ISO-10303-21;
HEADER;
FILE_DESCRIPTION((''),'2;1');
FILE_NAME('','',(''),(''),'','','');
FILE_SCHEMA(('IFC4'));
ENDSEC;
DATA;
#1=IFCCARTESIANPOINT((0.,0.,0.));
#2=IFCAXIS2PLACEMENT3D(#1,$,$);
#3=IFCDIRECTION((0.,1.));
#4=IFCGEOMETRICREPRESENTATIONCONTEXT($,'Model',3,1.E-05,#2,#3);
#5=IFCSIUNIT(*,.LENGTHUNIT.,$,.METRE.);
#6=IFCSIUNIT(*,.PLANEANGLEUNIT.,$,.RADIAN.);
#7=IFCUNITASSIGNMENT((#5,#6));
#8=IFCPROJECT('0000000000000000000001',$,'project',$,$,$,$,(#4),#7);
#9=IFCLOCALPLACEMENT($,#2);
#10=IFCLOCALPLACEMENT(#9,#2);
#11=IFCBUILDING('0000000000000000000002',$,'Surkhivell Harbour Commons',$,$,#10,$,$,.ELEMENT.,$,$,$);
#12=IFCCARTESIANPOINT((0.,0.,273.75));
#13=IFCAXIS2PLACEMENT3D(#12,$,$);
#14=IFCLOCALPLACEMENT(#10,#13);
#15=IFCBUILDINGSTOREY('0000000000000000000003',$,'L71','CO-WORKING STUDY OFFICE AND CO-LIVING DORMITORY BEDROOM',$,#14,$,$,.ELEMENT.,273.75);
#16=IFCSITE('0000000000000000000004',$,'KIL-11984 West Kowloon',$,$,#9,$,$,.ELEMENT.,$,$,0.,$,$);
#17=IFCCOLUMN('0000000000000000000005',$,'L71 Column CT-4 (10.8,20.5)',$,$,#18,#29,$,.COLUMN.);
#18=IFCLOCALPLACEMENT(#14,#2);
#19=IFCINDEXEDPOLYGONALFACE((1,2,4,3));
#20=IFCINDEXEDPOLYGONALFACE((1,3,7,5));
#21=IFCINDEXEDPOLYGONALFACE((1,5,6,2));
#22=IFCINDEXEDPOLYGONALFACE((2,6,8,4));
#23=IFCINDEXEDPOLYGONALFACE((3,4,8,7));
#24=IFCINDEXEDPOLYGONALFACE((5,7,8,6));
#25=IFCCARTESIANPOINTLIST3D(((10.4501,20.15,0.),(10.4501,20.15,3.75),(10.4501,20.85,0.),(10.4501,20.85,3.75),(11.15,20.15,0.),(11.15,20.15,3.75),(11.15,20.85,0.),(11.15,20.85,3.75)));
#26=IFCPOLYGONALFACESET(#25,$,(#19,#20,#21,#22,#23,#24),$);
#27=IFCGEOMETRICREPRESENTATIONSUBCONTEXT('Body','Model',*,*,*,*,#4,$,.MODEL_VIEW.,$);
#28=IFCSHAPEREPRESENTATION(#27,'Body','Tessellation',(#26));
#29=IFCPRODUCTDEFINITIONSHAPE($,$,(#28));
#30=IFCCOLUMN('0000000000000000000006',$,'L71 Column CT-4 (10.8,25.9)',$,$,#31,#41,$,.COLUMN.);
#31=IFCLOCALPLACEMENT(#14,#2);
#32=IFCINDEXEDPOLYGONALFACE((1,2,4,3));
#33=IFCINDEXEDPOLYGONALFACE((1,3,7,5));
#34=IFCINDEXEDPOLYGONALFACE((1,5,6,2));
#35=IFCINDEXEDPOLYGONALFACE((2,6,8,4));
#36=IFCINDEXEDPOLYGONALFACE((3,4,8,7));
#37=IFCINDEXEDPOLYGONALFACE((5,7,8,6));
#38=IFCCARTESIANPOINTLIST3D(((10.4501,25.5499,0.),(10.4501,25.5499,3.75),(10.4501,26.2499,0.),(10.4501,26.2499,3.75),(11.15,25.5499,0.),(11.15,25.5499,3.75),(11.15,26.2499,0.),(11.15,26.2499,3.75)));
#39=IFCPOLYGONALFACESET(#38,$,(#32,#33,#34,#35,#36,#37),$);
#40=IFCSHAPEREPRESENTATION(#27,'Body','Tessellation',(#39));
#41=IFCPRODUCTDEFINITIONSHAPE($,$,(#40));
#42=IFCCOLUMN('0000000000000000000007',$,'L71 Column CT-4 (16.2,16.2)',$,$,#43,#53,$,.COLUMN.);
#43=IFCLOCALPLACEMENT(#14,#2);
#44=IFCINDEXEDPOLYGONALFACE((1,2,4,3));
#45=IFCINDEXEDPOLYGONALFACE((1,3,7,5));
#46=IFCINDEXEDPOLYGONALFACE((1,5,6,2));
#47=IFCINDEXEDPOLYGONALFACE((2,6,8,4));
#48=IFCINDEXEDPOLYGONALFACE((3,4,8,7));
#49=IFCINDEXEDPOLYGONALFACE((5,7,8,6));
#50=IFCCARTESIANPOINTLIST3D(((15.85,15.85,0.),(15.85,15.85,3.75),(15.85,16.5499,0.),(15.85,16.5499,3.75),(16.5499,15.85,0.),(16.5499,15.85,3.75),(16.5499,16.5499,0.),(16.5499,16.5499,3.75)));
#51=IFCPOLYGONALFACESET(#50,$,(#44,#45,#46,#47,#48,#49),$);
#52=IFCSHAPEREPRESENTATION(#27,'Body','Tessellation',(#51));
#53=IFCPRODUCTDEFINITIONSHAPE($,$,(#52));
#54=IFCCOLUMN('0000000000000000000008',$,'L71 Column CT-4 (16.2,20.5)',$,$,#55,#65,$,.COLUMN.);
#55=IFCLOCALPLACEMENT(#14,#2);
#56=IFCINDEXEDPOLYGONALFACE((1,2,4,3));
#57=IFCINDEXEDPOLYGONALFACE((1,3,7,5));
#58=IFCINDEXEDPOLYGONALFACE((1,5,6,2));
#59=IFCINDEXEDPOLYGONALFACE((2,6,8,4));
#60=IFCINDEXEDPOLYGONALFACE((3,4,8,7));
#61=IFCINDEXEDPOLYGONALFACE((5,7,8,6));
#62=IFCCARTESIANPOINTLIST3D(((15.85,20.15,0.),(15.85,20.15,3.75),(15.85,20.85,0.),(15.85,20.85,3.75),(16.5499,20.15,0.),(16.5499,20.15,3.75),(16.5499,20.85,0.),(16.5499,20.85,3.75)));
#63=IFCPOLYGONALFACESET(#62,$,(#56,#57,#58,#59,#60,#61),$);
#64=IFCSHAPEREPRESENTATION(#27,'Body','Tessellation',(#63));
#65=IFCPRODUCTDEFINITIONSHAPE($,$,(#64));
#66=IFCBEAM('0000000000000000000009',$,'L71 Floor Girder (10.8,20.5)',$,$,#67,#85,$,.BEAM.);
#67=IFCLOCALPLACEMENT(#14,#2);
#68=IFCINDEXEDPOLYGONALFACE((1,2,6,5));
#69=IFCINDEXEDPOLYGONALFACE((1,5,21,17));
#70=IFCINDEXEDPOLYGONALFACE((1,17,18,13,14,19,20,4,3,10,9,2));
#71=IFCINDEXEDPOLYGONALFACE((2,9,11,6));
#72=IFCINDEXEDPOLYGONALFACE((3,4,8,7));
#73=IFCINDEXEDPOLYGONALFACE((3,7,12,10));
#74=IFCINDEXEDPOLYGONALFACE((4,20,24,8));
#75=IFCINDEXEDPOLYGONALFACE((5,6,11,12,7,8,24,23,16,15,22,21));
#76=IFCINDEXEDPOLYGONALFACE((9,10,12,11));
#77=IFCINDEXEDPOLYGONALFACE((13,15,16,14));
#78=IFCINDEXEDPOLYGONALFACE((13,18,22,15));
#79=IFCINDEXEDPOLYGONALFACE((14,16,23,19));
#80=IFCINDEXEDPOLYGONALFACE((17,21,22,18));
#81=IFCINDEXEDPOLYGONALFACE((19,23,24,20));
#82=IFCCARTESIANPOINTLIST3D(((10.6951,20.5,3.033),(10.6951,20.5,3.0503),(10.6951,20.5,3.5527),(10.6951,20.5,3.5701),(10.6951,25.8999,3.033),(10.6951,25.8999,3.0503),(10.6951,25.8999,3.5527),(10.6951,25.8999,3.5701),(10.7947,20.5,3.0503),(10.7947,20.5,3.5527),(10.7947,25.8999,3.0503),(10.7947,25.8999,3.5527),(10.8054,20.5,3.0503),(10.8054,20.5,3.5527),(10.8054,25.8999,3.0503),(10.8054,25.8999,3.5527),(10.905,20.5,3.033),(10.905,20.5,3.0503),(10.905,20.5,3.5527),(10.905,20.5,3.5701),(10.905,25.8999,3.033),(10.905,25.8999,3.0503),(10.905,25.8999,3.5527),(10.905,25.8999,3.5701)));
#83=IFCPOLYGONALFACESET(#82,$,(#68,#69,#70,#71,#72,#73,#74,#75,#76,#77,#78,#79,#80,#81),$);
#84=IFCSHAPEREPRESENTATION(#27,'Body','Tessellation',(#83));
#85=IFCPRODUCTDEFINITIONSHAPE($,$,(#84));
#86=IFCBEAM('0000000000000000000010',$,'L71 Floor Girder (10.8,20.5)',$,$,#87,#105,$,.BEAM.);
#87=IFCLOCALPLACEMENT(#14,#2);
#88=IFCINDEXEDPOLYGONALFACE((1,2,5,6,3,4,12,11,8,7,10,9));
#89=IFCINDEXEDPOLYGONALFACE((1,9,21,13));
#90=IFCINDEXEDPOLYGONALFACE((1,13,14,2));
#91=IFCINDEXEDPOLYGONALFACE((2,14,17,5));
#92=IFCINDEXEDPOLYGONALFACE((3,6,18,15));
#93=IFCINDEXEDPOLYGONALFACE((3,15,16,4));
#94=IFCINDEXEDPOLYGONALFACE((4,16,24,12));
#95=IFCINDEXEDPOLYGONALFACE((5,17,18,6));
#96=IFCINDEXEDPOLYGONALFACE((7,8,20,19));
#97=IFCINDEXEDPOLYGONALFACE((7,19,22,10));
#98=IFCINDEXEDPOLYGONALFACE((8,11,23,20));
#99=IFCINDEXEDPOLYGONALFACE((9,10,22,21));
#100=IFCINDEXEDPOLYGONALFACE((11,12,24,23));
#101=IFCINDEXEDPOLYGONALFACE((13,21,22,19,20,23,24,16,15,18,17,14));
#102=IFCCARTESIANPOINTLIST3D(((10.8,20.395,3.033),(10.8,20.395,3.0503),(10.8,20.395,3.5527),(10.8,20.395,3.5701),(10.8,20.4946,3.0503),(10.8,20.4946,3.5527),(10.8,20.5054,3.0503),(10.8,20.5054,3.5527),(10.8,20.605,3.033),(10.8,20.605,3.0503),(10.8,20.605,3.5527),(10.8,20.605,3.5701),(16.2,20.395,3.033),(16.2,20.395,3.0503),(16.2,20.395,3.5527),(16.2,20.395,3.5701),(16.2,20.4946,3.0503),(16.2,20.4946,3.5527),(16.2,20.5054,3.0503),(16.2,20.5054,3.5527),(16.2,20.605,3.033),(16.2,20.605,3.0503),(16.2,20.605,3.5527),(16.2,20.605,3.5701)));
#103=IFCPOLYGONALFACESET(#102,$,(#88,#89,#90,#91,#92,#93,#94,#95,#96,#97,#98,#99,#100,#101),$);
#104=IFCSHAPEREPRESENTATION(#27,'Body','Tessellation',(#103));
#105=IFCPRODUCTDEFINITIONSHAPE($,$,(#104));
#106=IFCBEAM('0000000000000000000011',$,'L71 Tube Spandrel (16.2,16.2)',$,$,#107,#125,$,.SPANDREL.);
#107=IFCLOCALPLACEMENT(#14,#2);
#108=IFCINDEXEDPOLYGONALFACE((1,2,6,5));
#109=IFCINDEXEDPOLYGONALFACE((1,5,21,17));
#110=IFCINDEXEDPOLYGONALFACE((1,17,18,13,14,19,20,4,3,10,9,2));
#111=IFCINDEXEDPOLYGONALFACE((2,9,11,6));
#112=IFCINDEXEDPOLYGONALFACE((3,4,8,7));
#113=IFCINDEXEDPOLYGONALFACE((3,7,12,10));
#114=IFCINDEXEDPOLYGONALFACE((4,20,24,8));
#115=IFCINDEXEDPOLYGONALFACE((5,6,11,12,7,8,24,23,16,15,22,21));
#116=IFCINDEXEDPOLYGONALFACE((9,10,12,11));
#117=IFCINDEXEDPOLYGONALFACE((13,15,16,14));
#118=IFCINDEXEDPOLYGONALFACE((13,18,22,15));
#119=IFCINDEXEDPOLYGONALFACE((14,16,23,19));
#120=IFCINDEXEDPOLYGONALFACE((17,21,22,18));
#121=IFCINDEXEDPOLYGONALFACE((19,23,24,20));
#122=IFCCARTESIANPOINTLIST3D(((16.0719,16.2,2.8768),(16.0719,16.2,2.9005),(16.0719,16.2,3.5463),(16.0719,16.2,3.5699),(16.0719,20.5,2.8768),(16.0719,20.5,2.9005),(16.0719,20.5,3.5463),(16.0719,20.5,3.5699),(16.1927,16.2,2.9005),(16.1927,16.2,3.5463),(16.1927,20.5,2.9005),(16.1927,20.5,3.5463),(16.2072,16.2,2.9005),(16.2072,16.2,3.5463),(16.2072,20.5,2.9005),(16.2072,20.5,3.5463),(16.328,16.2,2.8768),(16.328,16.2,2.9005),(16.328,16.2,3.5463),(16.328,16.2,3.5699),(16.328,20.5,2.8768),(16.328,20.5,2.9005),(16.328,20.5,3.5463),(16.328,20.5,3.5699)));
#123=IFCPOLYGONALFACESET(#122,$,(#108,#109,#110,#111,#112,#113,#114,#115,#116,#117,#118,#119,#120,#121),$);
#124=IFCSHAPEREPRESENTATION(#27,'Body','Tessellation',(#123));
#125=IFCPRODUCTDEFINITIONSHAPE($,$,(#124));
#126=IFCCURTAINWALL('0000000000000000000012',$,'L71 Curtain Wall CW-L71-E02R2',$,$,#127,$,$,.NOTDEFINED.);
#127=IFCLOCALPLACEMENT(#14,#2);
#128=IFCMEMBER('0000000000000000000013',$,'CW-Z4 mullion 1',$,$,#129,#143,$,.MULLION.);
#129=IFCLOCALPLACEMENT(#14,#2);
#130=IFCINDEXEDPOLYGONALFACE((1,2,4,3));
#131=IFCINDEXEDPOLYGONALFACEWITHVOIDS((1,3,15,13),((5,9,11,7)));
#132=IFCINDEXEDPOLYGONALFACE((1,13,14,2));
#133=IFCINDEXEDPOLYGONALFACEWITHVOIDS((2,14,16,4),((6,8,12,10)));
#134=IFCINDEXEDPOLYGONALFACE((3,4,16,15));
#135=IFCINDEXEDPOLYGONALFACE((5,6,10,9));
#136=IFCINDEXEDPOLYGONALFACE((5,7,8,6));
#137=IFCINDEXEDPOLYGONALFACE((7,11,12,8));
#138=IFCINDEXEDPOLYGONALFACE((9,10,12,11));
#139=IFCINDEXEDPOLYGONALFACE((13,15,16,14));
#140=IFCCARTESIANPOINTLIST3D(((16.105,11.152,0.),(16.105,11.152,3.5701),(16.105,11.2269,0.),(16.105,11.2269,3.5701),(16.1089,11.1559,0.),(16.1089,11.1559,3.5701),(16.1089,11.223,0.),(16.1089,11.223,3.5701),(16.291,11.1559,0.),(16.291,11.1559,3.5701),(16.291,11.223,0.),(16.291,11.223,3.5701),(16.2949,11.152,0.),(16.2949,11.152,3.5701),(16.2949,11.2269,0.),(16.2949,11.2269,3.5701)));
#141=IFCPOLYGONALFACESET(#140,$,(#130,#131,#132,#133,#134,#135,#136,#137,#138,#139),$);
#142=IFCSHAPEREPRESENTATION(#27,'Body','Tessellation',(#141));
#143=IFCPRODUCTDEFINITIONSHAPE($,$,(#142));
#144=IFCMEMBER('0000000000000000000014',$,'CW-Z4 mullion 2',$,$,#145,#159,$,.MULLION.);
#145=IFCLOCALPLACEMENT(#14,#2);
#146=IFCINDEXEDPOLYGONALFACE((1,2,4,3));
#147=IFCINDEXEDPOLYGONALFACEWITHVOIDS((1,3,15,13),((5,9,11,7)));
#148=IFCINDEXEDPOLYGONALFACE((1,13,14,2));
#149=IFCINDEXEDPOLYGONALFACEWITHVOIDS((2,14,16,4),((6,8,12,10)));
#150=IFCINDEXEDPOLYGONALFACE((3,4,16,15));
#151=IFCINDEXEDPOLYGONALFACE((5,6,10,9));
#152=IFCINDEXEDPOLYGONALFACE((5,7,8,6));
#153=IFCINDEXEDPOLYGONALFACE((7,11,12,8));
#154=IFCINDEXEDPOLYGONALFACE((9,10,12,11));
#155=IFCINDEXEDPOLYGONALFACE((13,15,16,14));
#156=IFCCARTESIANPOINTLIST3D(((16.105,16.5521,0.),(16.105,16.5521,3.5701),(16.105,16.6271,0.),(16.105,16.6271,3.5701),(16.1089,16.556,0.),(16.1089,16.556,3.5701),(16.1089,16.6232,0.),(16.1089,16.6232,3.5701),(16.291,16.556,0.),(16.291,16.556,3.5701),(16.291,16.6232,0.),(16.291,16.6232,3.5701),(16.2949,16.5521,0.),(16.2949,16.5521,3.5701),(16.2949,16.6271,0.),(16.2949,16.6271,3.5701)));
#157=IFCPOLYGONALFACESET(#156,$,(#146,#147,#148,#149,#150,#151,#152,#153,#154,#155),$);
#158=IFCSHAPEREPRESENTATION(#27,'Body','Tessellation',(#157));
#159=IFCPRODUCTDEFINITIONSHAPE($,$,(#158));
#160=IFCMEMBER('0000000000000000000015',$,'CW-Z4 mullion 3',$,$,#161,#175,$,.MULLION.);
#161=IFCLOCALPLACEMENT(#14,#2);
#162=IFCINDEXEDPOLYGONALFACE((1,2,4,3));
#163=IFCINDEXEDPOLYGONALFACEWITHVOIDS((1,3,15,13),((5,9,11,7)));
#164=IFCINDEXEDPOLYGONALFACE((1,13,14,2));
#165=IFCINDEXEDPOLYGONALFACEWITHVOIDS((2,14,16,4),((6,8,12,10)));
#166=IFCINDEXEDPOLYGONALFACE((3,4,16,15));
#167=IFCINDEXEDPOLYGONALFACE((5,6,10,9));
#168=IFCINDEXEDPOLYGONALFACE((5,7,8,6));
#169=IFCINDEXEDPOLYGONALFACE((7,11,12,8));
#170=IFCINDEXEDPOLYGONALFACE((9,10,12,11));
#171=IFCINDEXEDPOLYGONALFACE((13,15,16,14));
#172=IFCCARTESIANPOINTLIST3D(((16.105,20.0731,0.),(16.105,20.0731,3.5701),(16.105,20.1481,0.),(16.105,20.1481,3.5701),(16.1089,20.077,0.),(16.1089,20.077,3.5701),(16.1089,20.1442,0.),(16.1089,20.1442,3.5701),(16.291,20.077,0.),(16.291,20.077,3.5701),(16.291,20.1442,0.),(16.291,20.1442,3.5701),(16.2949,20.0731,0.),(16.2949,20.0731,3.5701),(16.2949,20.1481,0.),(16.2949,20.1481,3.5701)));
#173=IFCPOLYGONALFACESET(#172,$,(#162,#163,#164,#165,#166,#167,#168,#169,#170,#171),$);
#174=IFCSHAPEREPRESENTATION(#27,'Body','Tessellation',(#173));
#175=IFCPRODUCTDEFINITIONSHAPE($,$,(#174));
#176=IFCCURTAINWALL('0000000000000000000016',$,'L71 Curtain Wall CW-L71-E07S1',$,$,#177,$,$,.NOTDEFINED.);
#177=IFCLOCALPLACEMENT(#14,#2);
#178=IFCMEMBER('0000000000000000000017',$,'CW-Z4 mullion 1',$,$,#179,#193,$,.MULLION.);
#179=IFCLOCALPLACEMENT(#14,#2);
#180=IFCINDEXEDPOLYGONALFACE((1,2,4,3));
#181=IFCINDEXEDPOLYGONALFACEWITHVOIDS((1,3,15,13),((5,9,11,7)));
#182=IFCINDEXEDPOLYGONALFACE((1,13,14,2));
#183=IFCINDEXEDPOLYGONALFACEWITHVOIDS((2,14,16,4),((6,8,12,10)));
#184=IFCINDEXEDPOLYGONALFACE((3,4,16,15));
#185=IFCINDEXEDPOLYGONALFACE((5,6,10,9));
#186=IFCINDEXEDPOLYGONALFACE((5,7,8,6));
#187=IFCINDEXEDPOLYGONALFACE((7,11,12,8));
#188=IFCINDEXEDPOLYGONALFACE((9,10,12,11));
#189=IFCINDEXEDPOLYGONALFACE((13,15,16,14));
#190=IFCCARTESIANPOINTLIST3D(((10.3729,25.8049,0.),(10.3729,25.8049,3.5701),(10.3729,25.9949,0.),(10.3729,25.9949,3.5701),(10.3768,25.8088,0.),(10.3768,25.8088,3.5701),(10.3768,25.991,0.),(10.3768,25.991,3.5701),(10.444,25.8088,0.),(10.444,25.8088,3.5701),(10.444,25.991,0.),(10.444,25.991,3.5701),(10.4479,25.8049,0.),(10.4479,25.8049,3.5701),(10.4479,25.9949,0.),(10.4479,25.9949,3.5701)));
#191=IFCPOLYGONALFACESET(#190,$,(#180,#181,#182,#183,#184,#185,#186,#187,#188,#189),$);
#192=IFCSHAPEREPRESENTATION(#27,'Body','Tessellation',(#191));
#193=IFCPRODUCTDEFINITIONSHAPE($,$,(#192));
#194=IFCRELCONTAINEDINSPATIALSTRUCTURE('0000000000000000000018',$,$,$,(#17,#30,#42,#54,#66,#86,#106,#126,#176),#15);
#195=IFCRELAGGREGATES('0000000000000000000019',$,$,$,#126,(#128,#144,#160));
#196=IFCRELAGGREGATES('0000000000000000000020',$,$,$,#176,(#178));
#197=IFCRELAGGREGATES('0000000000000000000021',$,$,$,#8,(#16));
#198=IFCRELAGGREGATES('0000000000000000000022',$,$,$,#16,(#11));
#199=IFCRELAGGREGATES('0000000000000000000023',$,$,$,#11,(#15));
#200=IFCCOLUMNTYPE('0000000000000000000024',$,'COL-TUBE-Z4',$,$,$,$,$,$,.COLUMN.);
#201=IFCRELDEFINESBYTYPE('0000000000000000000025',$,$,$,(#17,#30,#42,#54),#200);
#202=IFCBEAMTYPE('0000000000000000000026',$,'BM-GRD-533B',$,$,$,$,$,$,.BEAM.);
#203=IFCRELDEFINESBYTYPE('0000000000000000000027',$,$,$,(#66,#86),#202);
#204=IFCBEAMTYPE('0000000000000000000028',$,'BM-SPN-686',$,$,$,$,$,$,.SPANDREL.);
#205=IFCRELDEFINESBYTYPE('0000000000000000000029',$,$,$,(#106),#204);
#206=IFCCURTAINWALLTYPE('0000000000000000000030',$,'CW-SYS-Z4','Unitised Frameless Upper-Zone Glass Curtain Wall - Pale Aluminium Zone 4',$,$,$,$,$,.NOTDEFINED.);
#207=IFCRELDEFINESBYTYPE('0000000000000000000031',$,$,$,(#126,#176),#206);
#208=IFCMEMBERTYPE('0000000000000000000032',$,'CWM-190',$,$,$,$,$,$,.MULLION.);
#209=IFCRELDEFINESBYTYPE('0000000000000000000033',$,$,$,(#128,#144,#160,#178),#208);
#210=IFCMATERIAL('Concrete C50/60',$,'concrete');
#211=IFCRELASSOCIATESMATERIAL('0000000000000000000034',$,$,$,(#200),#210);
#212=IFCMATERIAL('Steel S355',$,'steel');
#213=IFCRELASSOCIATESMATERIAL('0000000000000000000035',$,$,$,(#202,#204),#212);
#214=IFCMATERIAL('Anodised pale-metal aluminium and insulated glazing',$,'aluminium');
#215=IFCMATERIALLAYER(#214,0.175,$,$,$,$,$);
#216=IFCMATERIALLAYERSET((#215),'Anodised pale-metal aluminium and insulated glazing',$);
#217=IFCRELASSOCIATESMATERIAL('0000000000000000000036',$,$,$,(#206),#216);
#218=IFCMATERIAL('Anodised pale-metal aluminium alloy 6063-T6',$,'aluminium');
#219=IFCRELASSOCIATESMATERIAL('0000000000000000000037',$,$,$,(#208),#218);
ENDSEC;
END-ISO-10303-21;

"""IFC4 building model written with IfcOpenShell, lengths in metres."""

from ifc_helpers import new_model, si_unit, direction, frame, origin, origin_2d, place, context, subcontext, project, spatial, rectangle, hollow_rectangle, i_section, extrude, material, layer, layer_set, material_profile, profile_set, type_object, element, aggregate, save


model = new_model("IFC4")

# Units and contexts
model_context = context("Model", 3, precision=1e-05, world=origin(), true_north=direction((0.0, 1.0)))
body_context = subcontext(model_context, "Body", "Model", "MODEL_VIEW")
ifc_project = project(units=[si_unit("LENGTHUNIT", "METRE"), si_unit("PLANEANGLEUNIT", "RADIAN")], contexts=[model_context])

# Site, building, storey
site_placement = place(None, origin())
site = spatial("IfcSite", under=ifc_project, at=site_placement, Name="KIL-11984 West Kowloon", CompositionType="ELEMENT", RefElevation=0.0)
building_placement = place(site_placement, origin())
building = spatial("IfcBuilding", under=site, at=building_placement, Name="Surkhivell Harbour Commons", CompositionType="ELEMENT")
storey_placement = place(building_placement, frame((0.0, 0.0, 273.75)))
storey = spatial("IfcBuildingStorey", under=building, at=storey_placement, Name="L71", Description="CO-WORKING STUDY OFFICE AND CO-LIVING DORMITORY BEDROOM", CompositionType="ELEMENT", Elevation=273.75)

# Columns
ifc_material_1 = material(Name="Concrete C50/60", Category="concrete")
ifc_material_profile_1 = material_profile(ifc_material_1, rectangle(XDim=0.7, YDim=0.7, at=origin_2d()), Name="RC-COL-700x700")
ifc_profile_set_1 = profile_set([ifc_material_profile_1], Name="Concrete C50/60")
column_type = type_object("IfcColumnType", Name="COL-TUBE-Z4", PredefinedType="COLUMN", material=ifc_profile_set_1)
for number, where, z_axis, x_axis, name in (
    (1, (10.8, 20.5, 0.0), (0.0, 0.0, 1.0), (1.0, 0.0, 0.0), "L71 Column CT-4 (10.8,20.5)"),
    (2, (10.8, 25.8999, 0.0), (0.0, 0.0, 1.0), (1.0, 0.0, 0.0), "L71 Column CT-4 (10.8,25.9)"),
    (3, (16.2, 16.2, 0.0), (0.0, 0.0, 1.0), (1.0, 0.0, 0.0), "L71 Column CT-4 (16.2,16.2)"),
    (4, (16.2, 20.5, 0.0), (0.0, 0.0, 1.0), (1.0, 0.0, 0.0), "L71 Column CT-4 (16.2,20.5)"),
):
    element("IfcColumn", number, at=place(storey_placement, frame(where, z_axis=z_axis, x_axis=x_axis)), inside=storey, type_object=column_type, Name=name, PredefinedType="COLUMN", context=body_context, shape_type="SweptSolid", body=[
        extrude(rectangle(XDim=0.7, YDim=0.7, at=origin_2d()), origin(), (0.0, 0.0, 1.0), 3.75),
    ])

# Beams
ifc_material_2 = material(Name="Steel S355", Category="steel")
ifc_material_profile_2 = material_profile(ifc_material_2, i_section(OverallWidth=0.21, OverallDepth=0.5371, WebThickness=0.0107, FlangeThickness=0.0173, at=origin_2d()), Name="UB533x210x101")
ifc_profile_set_2 = profile_set([ifc_material_profile_2], Name="Steel S355")
beam_type_1 = type_object("IfcBeamType", Name="BM-GRD-533B", PredefinedType="BEAM", material=ifc_profile_set_2)
for number, where, z_axis, x_axis, name in (
    (5, (10.8, 20.5, 3.3015), (0.0, 1.0, 0.0), (-1.0, 0.0, 0.0), "L71 Floor Girder (10.8,20.5)"),
    (6, (10.8, 20.5, 3.3015), (1.0, 0.0, 0.0), (0.0, 1.0, 0.0), "L71 Floor Girder (10.8,20.5)"),
):
    element("IfcBeam", number, at=place(storey_placement, frame(where, z_axis=z_axis, x_axis=x_axis)), inside=storey, type_object=beam_type_1, Name=name, PredefinedType="BEAM", context=body_context, shape_type="SweptSolid", body=[
        extrude(i_section(OverallWidth=0.21, OverallDepth=0.5371, WebThickness=0.0107, FlangeThickness=0.0173, at=origin_2d()), origin(), (0.0, 0.0, 1.0), 5.3999),
    ])
ifc_material_profile_3 = material_profile(ifc_material_2, i_section(OverallWidth=0.2561, OverallDepth=0.6931, WebThickness=0.0144, FlangeThickness=0.0237, at=origin_2d()), Name="UB686x254x170")
ifc_profile_set_3 = profile_set([ifc_material_profile_3], Name="Steel S355")
beam_type_2 = type_object("IfcBeamType", Name="BM-SPN-686", PredefinedType="SPANDREL", material=ifc_profile_set_3)
beam_placement = place(storey_placement, frame((16.2, 16.2, 3.2234), z_axis=(0.0, 1.0, 0.0), x_axis=(-1.0, 0.0, 0.0)))
element("IfcBeam", 7, at=beam_placement, inside=storey, type_object=beam_type_2, Name="L71 Tube Spandrel (16.2,16.2)", PredefinedType="SPANDREL", context=body_context, shape_type="SweptSolid", body=[
    extrude(i_section(OverallWidth=0.2561, OverallDepth=0.6931, WebThickness=0.0144, FlangeThickness=0.0237, at=origin_2d()), origin(), (0.0, 0.0, 1.0), 4.3),
])

# Curtain wall, members
ifc_material_3 = material(Name="Anodised pale-metal aluminium and insulated glazing", Category="aluminium")
ifc_layer_1 = layer(ifc_material_3, 0.175)
ifc_layer_set_1 = layer_set([ifc_layer_1], Name="Anodised pale-metal aluminium and insulated glazing")
curtain_wall_type = type_object("IfcCurtainWallType", Name="CW-SYS-Z4", Description="Unitised Frameless Upper-Zone Glass Curtain Wall - Pale Aluminium Zone 4", PredefinedType="NOTDEFINED", material=ifc_layer_set_1)
curtain_wall_1_placement = place(storey_placement, origin())
curtain_wall_1 = element("IfcCurtainWall", 8, at=curtain_wall_1_placement, inside=storey, type_object=curtain_wall_type, Name="L71 Curtain Wall CW-L71-E02R2", PredefinedType="NOTDEFINED")
ifc_material_4 = material(Name="Anodised pale-metal aluminium alloy 6063-T6", Category="aluminium")
ifc_material_profile_4 = material_profile(ifc_material_4, hollow_rectangle(XDim=0.075, YDim=0.1899, WallThickness=0.0039, at=origin_2d()), Name="ALU-MULL-75x190")
ifc_profile_set_4 = profile_set([ifc_material_profile_4], Name="Anodised pale-metal aluminium alloy 6063-T6")
member_type_1 = type_object("IfcMemberType", Name="CWM-190", PredefinedType="MULLION", material=ifc_profile_set_4)
member_1_placement = place(storey_placement, frame((16.2, 11.1895, 0.0), z_axis=(0.0, 0.0, 1.0), x_axis=(0.0, 1.0, 0.0)))
member_1 = element("IfcMember", 9, at=member_1_placement, type_object=member_type_1, Name="CW-Z4 mullion 1", PredefinedType="MULLION", context=body_context, shape_type="SweptSolid", body=[
    extrude(hollow_rectangle(XDim=0.075, YDim=0.1899, WallThickness=0.0039, at=origin_2d()), origin(), (0.0, 0.0, 1.0), 3.5701),
])
member_2_placement = place(storey_placement, frame((16.2, 16.5896, 0.0), z_axis=(0.0, 0.0, 1.0), x_axis=(0.0, 1.0, 0.0)))
member_2 = element("IfcMember", 10, at=member_2_placement, type_object=member_type_1, Name="CW-Z4 mullion 2", PredefinedType="MULLION", context=body_context, shape_type="SweptSolid", body=[
    extrude(hollow_rectangle(XDim=0.075, YDim=0.1899, WallThickness=0.0039, at=origin_2d()), origin(), (0.0, 0.0, 1.0), 3.5701),
])
member_3_placement = place(storey_placement, frame((16.2, 20.1106, 0.0), z_axis=(0.0, 0.0, 1.0), x_axis=(0.0, 1.0, 0.0)))
member_3 = element("IfcMember", 11, at=member_3_placement, type_object=member_type_1, Name="CW-Z4 mullion 3", PredefinedType="MULLION", context=body_context, shape_type="SweptSolid", body=[
    extrude(hollow_rectangle(XDim=0.075, YDim=0.1899, WallThickness=0.0039, at=origin_2d()), origin(), (0.0, 0.0, 1.0), 3.5701),
])

# Curtain wall, member
curtain_wall_2_placement = place(storey_placement, origin())
curtain_wall_2 = element("IfcCurtainWall", 12, at=curtain_wall_2_placement, inside=storey, type_object=curtain_wall_type, Name="L71 Curtain Wall CW-L71-E07S1", PredefinedType="NOTDEFINED")
member_4_placement = place(storey_placement, frame((10.4104, 25.8999, 0.0), z_axis=(0.0, 0.0, 1.0), x_axis=(-1.0, 0.0, 0.0)))
member_4 = element("IfcMember", 13, at=member_4_placement, type_object=member_type_1, Name="CW-Z4 mullion 1", PredefinedType="MULLION", context=body_context, shape_type="SweptSolid", body=[
    extrude(hollow_rectangle(XDim=0.075, YDim=0.1899, WallThickness=0.0039, at=origin_2d()), origin(), (0.0, 0.0, 1.0), 3.5701),
])

aggregate(curtain_wall_1, [member_1, member_2, member_3])
aggregate(curtain_wall_2, [member_4])

save(model, "model.ifc")
